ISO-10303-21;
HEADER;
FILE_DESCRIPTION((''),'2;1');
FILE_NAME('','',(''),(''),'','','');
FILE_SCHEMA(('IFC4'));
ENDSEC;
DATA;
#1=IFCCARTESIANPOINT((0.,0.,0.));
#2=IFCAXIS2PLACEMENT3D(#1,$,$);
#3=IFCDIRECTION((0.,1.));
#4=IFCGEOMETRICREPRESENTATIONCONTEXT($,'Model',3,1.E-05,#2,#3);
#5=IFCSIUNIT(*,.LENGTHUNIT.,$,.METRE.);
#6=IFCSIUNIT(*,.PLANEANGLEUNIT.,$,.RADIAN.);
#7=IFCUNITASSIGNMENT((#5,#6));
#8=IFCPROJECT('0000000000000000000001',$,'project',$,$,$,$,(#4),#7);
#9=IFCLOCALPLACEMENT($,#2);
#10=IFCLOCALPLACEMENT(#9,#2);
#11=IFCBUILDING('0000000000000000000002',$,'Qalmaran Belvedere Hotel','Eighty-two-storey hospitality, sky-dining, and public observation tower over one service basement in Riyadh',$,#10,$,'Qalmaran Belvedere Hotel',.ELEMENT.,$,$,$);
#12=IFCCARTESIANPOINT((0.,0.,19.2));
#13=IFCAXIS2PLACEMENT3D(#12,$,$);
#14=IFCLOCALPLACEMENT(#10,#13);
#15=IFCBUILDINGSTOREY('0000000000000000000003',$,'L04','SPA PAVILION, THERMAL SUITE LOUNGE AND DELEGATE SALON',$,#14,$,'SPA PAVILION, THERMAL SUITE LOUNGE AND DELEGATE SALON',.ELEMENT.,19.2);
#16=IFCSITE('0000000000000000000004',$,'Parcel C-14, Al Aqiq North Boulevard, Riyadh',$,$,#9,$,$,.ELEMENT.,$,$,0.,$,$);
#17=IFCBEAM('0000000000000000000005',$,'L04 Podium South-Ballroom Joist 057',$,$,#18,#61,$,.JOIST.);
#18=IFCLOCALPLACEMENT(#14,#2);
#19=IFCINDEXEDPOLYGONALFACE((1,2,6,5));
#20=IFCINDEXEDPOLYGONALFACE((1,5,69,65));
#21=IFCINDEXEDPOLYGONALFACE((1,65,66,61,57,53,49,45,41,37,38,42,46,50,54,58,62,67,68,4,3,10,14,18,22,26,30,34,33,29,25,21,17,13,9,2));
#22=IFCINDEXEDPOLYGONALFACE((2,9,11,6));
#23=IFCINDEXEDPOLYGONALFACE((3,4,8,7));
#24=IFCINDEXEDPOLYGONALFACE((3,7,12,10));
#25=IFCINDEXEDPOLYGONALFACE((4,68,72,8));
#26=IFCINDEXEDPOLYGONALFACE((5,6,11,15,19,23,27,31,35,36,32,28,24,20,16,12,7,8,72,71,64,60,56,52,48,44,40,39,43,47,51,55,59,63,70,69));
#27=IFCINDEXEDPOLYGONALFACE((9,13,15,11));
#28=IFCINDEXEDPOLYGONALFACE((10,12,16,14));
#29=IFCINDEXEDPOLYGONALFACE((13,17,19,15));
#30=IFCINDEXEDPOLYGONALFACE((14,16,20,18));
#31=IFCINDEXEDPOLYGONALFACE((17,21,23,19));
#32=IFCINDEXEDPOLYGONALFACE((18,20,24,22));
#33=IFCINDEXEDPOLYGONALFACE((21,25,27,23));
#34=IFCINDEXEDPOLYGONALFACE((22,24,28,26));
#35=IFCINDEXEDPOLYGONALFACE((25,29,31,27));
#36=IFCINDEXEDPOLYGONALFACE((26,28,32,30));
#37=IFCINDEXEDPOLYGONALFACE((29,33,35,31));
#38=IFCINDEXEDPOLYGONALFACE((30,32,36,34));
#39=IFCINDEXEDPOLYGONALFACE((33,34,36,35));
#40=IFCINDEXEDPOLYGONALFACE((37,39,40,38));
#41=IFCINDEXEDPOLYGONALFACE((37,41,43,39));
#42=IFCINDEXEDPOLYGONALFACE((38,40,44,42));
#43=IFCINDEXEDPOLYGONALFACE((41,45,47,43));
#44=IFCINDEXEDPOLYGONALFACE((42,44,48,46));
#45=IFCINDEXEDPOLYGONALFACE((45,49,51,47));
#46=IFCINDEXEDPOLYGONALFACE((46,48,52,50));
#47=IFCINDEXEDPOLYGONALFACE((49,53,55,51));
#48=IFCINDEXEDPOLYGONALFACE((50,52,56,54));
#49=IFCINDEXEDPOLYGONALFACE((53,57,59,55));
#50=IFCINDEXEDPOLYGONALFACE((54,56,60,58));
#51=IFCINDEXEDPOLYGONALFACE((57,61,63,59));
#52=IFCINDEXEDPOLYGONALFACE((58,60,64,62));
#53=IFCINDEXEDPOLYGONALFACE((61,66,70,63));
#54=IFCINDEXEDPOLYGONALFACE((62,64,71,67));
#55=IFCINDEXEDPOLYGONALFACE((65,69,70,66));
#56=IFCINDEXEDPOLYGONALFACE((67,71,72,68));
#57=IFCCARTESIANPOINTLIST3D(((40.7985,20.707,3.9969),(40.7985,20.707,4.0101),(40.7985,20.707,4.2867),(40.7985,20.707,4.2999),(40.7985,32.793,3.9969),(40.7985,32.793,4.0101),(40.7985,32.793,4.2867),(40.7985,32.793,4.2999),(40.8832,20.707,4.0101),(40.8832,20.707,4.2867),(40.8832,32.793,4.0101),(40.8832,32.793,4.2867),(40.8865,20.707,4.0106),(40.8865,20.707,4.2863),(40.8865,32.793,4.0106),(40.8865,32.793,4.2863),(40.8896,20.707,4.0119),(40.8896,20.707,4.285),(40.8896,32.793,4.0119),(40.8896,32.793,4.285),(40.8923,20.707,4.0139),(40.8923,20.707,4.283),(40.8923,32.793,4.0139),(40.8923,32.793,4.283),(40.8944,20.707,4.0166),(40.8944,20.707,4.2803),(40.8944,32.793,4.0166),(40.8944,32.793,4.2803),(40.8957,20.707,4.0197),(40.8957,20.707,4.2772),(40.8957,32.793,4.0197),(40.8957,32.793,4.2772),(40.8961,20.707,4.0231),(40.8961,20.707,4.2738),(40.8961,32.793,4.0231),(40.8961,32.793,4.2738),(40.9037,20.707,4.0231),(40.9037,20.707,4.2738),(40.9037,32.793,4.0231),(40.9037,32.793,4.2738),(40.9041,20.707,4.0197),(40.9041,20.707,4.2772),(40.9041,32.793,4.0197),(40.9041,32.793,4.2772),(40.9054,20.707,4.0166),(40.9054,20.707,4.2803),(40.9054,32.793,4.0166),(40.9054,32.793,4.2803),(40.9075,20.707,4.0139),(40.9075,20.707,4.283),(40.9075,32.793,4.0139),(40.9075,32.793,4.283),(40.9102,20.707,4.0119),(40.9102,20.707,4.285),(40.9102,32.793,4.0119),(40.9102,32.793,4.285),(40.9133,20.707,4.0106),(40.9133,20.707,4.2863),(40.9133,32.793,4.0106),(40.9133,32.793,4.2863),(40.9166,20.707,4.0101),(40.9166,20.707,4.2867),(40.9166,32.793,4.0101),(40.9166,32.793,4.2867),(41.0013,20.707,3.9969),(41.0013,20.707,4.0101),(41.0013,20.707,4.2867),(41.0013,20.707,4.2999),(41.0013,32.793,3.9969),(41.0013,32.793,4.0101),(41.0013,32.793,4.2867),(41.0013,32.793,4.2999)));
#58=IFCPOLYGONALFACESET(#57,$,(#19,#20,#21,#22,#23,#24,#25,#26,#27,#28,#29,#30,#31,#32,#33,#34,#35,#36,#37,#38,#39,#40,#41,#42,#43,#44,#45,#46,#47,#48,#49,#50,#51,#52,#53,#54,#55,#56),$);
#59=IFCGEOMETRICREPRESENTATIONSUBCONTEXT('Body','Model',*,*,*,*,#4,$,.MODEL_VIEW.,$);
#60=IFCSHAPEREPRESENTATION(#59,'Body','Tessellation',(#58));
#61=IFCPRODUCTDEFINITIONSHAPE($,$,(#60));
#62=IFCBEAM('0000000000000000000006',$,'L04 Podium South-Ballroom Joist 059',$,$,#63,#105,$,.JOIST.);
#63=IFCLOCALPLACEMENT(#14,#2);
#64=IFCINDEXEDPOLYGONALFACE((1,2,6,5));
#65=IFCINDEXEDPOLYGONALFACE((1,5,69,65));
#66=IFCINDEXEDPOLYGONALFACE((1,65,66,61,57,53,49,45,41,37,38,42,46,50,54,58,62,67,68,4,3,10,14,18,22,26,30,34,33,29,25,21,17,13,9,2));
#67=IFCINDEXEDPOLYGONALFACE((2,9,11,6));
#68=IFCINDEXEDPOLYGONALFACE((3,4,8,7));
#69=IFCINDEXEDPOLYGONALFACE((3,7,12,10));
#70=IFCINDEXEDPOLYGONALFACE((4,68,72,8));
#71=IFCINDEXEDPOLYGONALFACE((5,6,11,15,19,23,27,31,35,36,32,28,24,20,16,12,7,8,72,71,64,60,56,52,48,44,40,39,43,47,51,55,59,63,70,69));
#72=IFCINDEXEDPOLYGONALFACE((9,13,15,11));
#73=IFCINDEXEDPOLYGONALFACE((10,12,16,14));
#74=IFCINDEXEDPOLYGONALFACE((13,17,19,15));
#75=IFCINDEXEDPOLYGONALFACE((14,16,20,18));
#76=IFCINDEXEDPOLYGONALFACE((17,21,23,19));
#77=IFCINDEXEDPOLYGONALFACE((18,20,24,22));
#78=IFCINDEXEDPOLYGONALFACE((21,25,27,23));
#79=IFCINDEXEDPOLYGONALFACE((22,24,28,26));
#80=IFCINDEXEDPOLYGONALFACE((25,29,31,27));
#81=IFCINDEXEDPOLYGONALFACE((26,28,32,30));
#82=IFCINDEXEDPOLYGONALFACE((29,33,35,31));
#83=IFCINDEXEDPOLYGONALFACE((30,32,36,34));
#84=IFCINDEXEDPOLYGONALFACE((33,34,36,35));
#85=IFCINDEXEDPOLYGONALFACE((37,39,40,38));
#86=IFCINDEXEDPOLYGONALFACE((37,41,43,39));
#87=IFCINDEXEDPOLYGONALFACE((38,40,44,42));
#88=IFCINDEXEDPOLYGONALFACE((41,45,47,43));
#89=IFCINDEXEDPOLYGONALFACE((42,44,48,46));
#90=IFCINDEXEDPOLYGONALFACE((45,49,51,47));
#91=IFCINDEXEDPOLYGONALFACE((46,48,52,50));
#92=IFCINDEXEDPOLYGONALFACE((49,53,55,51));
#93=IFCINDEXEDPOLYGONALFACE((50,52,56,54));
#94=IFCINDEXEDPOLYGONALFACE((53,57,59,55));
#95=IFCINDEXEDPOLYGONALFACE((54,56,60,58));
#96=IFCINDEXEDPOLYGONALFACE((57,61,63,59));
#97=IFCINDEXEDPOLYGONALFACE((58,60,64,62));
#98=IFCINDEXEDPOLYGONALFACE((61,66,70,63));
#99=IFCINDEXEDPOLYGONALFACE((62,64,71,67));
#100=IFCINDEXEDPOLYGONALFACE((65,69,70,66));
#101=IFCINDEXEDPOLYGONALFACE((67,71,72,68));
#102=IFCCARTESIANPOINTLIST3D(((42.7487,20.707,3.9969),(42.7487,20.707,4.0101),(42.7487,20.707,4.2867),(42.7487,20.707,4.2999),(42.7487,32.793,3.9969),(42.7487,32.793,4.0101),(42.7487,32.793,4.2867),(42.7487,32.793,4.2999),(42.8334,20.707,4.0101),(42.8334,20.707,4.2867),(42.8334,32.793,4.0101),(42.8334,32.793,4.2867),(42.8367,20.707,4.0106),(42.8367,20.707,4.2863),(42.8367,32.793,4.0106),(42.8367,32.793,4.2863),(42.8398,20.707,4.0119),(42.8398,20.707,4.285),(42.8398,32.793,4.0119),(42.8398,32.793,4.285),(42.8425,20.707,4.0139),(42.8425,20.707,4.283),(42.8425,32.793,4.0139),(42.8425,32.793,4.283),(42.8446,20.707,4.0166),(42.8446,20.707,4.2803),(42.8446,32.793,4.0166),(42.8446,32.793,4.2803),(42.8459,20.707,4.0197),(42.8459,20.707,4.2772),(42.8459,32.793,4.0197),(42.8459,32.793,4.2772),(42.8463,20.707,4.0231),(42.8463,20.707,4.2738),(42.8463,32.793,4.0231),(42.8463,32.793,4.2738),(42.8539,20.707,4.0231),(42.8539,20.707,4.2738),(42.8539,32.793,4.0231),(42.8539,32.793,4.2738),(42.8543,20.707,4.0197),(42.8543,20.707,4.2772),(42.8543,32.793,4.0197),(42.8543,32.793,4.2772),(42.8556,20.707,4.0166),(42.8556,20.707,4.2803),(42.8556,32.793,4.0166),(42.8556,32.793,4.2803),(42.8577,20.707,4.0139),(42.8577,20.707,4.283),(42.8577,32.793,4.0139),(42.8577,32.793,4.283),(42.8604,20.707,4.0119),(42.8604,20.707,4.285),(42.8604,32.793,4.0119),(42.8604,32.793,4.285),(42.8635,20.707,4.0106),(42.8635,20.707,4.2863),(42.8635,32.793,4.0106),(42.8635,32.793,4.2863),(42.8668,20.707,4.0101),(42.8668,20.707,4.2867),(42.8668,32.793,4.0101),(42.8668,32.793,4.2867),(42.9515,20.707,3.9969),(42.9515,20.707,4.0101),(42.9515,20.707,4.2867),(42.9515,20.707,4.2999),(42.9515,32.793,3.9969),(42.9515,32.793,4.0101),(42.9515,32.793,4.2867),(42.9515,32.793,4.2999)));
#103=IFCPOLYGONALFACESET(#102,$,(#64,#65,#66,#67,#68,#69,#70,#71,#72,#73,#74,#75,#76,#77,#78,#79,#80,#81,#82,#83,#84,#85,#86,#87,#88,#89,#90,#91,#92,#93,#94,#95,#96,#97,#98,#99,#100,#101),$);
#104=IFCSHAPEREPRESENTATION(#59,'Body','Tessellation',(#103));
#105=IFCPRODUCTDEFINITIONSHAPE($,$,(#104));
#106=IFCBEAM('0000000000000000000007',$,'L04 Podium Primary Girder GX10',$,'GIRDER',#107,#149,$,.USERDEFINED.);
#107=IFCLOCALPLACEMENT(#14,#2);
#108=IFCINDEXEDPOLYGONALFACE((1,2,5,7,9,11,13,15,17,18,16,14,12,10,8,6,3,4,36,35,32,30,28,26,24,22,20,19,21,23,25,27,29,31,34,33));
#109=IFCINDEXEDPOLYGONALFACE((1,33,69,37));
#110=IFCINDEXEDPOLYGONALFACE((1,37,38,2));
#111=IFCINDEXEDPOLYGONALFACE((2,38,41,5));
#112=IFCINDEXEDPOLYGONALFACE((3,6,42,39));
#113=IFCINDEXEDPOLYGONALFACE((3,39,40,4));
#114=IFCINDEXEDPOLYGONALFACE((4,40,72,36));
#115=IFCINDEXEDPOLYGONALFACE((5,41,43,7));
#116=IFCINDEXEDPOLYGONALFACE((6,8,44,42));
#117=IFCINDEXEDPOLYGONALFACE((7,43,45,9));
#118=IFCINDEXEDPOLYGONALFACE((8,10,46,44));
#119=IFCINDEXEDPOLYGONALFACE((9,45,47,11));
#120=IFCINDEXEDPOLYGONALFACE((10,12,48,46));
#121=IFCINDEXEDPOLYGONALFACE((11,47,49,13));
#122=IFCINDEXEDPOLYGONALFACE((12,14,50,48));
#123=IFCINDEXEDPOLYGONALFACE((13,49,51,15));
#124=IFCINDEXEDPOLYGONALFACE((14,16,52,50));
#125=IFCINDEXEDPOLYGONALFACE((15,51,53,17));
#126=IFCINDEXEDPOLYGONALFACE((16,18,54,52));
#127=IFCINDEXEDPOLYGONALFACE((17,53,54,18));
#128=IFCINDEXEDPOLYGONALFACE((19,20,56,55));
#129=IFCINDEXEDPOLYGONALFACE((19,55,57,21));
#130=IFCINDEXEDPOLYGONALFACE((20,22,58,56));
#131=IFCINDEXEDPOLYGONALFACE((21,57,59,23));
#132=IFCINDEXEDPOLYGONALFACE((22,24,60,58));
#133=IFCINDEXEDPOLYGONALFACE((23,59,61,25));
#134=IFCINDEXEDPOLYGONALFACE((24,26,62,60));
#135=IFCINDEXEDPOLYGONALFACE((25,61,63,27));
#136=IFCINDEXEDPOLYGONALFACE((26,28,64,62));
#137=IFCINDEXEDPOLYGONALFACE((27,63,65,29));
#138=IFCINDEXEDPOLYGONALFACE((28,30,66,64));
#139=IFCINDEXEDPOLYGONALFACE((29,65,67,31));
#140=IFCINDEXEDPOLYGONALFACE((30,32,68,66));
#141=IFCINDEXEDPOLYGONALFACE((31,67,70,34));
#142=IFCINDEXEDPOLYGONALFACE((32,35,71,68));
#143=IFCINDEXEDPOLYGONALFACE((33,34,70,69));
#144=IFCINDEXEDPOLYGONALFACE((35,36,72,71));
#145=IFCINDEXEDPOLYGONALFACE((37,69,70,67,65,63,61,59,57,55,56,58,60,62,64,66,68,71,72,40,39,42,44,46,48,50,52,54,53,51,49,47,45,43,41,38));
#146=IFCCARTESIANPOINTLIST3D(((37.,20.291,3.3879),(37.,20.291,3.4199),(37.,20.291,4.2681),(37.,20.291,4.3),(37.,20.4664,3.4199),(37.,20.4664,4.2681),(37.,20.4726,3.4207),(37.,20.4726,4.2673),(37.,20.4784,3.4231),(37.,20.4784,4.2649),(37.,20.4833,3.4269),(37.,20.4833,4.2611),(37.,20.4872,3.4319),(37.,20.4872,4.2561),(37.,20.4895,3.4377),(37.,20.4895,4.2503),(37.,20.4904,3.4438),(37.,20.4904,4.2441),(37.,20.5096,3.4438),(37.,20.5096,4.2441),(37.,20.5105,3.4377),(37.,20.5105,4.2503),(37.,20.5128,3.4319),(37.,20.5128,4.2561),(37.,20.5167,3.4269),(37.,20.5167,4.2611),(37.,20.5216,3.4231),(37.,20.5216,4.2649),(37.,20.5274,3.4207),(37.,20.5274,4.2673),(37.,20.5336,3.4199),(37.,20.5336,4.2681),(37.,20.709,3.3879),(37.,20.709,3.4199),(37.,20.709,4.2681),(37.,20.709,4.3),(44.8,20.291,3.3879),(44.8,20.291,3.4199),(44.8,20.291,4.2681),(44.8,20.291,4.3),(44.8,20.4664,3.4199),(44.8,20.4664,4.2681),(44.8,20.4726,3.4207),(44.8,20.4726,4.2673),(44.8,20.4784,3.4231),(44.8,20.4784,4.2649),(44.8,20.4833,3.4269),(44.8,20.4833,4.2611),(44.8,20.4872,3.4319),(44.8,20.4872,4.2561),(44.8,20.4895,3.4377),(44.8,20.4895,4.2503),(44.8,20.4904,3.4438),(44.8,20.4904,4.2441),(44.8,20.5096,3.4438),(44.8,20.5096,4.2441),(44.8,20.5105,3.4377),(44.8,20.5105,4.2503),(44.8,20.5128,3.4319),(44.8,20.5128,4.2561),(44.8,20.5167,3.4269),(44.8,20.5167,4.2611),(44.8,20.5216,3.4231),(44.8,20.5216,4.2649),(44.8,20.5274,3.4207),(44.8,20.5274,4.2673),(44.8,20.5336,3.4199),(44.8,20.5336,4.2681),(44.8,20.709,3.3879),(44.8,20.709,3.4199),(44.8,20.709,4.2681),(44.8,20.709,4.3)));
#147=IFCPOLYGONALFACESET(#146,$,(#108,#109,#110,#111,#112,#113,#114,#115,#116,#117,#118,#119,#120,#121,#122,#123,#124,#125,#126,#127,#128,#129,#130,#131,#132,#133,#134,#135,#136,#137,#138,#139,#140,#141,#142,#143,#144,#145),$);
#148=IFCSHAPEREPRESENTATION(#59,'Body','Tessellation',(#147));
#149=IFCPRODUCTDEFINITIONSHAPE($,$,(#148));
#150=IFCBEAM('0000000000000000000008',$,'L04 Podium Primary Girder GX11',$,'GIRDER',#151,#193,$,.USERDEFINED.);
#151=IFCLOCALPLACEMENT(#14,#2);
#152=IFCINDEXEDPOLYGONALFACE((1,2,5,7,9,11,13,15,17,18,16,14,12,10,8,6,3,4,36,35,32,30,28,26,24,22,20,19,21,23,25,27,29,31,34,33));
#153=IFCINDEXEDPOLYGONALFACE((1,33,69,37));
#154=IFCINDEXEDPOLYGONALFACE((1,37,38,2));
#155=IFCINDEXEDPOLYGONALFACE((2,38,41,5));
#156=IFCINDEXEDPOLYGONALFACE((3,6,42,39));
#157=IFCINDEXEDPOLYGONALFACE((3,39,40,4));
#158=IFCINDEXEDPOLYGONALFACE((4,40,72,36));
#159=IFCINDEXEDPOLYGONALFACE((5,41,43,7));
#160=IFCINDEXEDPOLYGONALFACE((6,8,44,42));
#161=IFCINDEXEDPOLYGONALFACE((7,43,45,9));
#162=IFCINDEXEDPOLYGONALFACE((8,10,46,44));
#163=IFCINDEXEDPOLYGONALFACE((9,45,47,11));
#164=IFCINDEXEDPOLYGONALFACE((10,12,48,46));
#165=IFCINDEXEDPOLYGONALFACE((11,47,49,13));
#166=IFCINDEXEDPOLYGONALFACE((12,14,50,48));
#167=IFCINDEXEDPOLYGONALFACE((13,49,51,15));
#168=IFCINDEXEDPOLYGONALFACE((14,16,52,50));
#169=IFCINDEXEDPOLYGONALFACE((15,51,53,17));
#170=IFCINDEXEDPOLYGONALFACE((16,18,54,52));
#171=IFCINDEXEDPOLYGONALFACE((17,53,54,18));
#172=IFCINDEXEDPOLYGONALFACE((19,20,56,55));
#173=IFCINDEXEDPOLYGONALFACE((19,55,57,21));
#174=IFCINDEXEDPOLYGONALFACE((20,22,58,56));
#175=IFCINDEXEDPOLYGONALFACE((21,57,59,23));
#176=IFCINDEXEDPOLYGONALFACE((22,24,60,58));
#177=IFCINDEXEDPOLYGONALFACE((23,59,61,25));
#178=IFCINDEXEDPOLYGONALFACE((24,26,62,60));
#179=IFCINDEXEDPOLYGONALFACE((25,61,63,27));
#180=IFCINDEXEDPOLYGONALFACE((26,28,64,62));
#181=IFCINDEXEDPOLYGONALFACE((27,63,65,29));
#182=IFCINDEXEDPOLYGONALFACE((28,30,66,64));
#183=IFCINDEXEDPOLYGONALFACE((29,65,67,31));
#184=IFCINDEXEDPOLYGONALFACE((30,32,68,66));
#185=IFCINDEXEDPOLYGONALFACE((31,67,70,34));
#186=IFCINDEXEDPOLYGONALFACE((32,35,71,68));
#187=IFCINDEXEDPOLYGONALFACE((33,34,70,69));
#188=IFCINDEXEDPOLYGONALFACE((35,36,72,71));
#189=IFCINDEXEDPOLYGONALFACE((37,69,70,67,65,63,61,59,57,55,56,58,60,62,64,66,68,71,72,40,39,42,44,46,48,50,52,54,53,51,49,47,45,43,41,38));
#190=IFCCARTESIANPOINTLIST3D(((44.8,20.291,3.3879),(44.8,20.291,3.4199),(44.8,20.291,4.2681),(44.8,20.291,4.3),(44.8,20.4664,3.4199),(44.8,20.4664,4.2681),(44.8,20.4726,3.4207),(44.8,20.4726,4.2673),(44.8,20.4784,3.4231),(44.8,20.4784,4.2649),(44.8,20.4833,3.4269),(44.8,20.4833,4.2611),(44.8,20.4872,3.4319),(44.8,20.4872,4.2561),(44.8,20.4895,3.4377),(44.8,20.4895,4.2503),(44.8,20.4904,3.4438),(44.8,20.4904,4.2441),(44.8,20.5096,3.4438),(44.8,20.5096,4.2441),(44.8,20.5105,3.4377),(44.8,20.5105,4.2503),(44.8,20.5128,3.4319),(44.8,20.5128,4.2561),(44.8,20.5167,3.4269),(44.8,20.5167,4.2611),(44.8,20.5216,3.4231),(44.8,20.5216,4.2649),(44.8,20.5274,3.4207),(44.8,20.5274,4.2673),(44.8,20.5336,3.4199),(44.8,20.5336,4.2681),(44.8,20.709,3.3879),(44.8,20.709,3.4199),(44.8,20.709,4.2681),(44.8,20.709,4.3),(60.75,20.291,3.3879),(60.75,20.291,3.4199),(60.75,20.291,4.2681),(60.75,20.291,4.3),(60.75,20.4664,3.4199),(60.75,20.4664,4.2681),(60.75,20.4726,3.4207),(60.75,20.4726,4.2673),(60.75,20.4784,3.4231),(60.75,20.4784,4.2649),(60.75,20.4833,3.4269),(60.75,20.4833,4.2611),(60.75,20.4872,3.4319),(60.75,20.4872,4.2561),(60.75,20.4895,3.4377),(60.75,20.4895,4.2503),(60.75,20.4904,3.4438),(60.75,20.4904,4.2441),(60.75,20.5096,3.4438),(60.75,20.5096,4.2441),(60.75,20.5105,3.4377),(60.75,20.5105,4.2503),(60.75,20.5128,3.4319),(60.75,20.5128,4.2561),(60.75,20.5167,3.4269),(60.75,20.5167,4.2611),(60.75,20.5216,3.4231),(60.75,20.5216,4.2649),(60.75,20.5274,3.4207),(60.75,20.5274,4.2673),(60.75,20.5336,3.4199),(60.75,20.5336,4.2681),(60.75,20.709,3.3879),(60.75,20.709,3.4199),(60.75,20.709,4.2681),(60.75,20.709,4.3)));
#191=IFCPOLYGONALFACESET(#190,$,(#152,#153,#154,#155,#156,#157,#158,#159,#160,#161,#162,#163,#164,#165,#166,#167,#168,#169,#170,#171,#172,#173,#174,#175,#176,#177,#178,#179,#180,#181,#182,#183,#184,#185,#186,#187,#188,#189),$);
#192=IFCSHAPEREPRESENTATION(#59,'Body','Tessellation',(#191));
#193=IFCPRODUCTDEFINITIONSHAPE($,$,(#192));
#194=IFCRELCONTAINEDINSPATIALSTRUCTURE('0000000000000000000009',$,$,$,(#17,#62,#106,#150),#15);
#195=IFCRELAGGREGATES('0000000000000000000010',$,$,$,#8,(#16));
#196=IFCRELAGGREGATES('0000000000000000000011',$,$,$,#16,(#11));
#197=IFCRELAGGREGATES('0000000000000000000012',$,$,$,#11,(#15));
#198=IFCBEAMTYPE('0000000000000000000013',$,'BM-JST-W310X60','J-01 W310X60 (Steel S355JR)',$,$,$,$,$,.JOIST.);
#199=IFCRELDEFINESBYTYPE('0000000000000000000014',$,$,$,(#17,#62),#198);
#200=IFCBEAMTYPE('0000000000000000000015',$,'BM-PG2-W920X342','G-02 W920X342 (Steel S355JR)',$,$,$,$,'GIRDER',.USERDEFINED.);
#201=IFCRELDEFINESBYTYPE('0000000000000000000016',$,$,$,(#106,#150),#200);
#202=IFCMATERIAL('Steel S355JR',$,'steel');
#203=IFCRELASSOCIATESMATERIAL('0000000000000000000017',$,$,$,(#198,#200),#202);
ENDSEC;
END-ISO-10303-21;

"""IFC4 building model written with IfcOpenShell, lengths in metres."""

from ifc_helpers import new_model, si_unit, direction, frame, origin, origin_2d, place, context, subcontext, project, spatial, i_section, extrude, material, material_profile, profile_set, type_object, element, save


model = new_model("IFC4")

# Units and contexts
model_context = context("Model", 3, precision=1e-05, world=origin(), true_north=direction((0.0, 1.0)))
body_context = subcontext(model_context, "Body", "Model", "MODEL_VIEW")
ifc_project = project(units=[si_unit("LENGTHUNIT", "METRE"), si_unit("PLANEANGLEUNIT", "RADIAN")], contexts=[model_context])

# Site, building, storey
site_placement = place(None, origin())
site = spatial("IfcSite", under=ifc_project, at=site_placement, Name="Parcel C-14, Al Aqiq North Boulevard, Riyadh", CompositionType="ELEMENT", RefElevation=0.0)
building_placement = place(site_placement, origin())
building = spatial("IfcBuilding", under=site, at=building_placement, Name="Qalmaran Belvedere Hotel", Description="Eighty-two-storey hospitality, sky-dining, and public observation tower over one service basement in Riyadh", LongName="Qalmaran Belvedere Hotel", CompositionType="ELEMENT")
storey_placement = place(building_placement, frame((0.0, 0.0, 19.2)))
storey = spatial("IfcBuildingStorey", under=building, at=storey_placement, Name="L04", Description="SPA PAVILION, THERMAL SUITE LOUNGE AND DELEGATE SALON", LongName="SPA PAVILION, THERMAL SUITE LOUNGE AND DELEGATE SALON", CompositionType="ELEMENT", Elevation=19.2)

# Beams
ifc_material_1 = material(Name="Steel S355JR", Category="steel")
ifc_material_profile_1 = material_profile(ifc_material_1, i_section(OverallWidth=0.2029, OverallDepth=0.303, WebThickness=0.0076, FlangeThickness=0.0132, FilletRadius=0.0129, at=origin_2d()), Name="W310X60")
ifc_profile_set_1 = profile_set([ifc_material_profile_1], Name="Steel S355JR")
beam_type_1 = type_object("IfcBeamType", Name="BM-JST-W310X60", Description="J-01 W310X60 (Steel S355JR)", PredefinedType="JOIST", material=ifc_profile_set_1)
for number, where, z_axis, x_axis, name in (
    (1, (40.8999, 20.707, 4.1484), (0.0, 1.0, 0.0), (-1.0, 0.0, 0.0), "L04 Podium South-Ballroom Joist 057"),
    (2, (42.8501, 20.707, 4.1484), (0.0, 1.0, 0.0), (-1.0, 0.0, 0.0), "L04 Podium South-Ballroom Joist 059"),
):
    element("IfcBeam", number, at=place(storey_placement, frame(where, z_axis=z_axis, x_axis=x_axis)), inside=storey, type_object=beam_type_1, Name=name, PredefinedType="JOIST", context=body_context, shape_type="SweptSolid", body=[
        extrude(i_section(OverallWidth=0.2029, OverallDepth=0.303, WebThickness=0.0076, FlangeThickness=0.0132, FilletRadius=0.0129, at=origin_2d()), origin(), (0.0, 0.0, 1.0), 12.0859),
    ])
ifc_material_profile_2 = material_profile(ifc_material_1, i_section(OverallWidth=0.418, OverallDepth=0.9121, WebThickness=0.0193, FlangeThickness=0.032, FilletRadius=0.0239, at=origin_2d()), Name="W920X342")
ifc_profile_set_2 = profile_set([ifc_material_profile_2], Name="Steel S355JR")
beam_type_2 = type_object("IfcBeamType", Name="BM-PG2-W920X342", Description="G-02 W920X342 (Steel S355JR)", ElementType="GIRDER", PredefinedType="USERDEFINED", material=ifc_profile_set_2)
beam_1_placement = place(storey_placement, frame((37.0, 20.5, 3.844), z_axis=(1.0, 0.0, 0.0), x_axis=(0.0, 1.0, 0.0)))
element("IfcBeam", 3, at=beam_1_placement, inside=storey, type_object=beam_type_2, Name="L04 Podium Primary Girder GX10", ObjectType="GIRDER", PredefinedType="USERDEFINED", context=body_context, shape_type="SweptSolid", body=[
    extrude(i_section(OverallWidth=0.418, OverallDepth=0.9121, WebThickness=0.0193, FlangeThickness=0.032, FilletRadius=0.0239, at=origin_2d()), origin(), (0.0, 0.0, 1.0), 7.8),
])
beam_2_placement = place(storey_placement, frame((44.8, 20.5, 3.844), z_axis=(1.0, 0.0, 0.0), x_axis=(0.0, 1.0, 0.0)))
element("IfcBeam", 4, at=beam_2_placement, inside=storey, type_object=beam_type_2, Name="L04 Podium Primary Girder GX11", ObjectType="GIRDER", PredefinedType="USERDEFINED", context=body_context, shape_type="SweptSolid", body=[
    extrude(i_section(OverallWidth=0.418, OverallDepth=0.9121, WebThickness=0.0193, FlangeThickness=0.032, FilletRadius=0.0239, at=origin_2d()), origin(), (0.0, 0.0, 1.0), 15.95),
])

save(model, "model.ifc")
